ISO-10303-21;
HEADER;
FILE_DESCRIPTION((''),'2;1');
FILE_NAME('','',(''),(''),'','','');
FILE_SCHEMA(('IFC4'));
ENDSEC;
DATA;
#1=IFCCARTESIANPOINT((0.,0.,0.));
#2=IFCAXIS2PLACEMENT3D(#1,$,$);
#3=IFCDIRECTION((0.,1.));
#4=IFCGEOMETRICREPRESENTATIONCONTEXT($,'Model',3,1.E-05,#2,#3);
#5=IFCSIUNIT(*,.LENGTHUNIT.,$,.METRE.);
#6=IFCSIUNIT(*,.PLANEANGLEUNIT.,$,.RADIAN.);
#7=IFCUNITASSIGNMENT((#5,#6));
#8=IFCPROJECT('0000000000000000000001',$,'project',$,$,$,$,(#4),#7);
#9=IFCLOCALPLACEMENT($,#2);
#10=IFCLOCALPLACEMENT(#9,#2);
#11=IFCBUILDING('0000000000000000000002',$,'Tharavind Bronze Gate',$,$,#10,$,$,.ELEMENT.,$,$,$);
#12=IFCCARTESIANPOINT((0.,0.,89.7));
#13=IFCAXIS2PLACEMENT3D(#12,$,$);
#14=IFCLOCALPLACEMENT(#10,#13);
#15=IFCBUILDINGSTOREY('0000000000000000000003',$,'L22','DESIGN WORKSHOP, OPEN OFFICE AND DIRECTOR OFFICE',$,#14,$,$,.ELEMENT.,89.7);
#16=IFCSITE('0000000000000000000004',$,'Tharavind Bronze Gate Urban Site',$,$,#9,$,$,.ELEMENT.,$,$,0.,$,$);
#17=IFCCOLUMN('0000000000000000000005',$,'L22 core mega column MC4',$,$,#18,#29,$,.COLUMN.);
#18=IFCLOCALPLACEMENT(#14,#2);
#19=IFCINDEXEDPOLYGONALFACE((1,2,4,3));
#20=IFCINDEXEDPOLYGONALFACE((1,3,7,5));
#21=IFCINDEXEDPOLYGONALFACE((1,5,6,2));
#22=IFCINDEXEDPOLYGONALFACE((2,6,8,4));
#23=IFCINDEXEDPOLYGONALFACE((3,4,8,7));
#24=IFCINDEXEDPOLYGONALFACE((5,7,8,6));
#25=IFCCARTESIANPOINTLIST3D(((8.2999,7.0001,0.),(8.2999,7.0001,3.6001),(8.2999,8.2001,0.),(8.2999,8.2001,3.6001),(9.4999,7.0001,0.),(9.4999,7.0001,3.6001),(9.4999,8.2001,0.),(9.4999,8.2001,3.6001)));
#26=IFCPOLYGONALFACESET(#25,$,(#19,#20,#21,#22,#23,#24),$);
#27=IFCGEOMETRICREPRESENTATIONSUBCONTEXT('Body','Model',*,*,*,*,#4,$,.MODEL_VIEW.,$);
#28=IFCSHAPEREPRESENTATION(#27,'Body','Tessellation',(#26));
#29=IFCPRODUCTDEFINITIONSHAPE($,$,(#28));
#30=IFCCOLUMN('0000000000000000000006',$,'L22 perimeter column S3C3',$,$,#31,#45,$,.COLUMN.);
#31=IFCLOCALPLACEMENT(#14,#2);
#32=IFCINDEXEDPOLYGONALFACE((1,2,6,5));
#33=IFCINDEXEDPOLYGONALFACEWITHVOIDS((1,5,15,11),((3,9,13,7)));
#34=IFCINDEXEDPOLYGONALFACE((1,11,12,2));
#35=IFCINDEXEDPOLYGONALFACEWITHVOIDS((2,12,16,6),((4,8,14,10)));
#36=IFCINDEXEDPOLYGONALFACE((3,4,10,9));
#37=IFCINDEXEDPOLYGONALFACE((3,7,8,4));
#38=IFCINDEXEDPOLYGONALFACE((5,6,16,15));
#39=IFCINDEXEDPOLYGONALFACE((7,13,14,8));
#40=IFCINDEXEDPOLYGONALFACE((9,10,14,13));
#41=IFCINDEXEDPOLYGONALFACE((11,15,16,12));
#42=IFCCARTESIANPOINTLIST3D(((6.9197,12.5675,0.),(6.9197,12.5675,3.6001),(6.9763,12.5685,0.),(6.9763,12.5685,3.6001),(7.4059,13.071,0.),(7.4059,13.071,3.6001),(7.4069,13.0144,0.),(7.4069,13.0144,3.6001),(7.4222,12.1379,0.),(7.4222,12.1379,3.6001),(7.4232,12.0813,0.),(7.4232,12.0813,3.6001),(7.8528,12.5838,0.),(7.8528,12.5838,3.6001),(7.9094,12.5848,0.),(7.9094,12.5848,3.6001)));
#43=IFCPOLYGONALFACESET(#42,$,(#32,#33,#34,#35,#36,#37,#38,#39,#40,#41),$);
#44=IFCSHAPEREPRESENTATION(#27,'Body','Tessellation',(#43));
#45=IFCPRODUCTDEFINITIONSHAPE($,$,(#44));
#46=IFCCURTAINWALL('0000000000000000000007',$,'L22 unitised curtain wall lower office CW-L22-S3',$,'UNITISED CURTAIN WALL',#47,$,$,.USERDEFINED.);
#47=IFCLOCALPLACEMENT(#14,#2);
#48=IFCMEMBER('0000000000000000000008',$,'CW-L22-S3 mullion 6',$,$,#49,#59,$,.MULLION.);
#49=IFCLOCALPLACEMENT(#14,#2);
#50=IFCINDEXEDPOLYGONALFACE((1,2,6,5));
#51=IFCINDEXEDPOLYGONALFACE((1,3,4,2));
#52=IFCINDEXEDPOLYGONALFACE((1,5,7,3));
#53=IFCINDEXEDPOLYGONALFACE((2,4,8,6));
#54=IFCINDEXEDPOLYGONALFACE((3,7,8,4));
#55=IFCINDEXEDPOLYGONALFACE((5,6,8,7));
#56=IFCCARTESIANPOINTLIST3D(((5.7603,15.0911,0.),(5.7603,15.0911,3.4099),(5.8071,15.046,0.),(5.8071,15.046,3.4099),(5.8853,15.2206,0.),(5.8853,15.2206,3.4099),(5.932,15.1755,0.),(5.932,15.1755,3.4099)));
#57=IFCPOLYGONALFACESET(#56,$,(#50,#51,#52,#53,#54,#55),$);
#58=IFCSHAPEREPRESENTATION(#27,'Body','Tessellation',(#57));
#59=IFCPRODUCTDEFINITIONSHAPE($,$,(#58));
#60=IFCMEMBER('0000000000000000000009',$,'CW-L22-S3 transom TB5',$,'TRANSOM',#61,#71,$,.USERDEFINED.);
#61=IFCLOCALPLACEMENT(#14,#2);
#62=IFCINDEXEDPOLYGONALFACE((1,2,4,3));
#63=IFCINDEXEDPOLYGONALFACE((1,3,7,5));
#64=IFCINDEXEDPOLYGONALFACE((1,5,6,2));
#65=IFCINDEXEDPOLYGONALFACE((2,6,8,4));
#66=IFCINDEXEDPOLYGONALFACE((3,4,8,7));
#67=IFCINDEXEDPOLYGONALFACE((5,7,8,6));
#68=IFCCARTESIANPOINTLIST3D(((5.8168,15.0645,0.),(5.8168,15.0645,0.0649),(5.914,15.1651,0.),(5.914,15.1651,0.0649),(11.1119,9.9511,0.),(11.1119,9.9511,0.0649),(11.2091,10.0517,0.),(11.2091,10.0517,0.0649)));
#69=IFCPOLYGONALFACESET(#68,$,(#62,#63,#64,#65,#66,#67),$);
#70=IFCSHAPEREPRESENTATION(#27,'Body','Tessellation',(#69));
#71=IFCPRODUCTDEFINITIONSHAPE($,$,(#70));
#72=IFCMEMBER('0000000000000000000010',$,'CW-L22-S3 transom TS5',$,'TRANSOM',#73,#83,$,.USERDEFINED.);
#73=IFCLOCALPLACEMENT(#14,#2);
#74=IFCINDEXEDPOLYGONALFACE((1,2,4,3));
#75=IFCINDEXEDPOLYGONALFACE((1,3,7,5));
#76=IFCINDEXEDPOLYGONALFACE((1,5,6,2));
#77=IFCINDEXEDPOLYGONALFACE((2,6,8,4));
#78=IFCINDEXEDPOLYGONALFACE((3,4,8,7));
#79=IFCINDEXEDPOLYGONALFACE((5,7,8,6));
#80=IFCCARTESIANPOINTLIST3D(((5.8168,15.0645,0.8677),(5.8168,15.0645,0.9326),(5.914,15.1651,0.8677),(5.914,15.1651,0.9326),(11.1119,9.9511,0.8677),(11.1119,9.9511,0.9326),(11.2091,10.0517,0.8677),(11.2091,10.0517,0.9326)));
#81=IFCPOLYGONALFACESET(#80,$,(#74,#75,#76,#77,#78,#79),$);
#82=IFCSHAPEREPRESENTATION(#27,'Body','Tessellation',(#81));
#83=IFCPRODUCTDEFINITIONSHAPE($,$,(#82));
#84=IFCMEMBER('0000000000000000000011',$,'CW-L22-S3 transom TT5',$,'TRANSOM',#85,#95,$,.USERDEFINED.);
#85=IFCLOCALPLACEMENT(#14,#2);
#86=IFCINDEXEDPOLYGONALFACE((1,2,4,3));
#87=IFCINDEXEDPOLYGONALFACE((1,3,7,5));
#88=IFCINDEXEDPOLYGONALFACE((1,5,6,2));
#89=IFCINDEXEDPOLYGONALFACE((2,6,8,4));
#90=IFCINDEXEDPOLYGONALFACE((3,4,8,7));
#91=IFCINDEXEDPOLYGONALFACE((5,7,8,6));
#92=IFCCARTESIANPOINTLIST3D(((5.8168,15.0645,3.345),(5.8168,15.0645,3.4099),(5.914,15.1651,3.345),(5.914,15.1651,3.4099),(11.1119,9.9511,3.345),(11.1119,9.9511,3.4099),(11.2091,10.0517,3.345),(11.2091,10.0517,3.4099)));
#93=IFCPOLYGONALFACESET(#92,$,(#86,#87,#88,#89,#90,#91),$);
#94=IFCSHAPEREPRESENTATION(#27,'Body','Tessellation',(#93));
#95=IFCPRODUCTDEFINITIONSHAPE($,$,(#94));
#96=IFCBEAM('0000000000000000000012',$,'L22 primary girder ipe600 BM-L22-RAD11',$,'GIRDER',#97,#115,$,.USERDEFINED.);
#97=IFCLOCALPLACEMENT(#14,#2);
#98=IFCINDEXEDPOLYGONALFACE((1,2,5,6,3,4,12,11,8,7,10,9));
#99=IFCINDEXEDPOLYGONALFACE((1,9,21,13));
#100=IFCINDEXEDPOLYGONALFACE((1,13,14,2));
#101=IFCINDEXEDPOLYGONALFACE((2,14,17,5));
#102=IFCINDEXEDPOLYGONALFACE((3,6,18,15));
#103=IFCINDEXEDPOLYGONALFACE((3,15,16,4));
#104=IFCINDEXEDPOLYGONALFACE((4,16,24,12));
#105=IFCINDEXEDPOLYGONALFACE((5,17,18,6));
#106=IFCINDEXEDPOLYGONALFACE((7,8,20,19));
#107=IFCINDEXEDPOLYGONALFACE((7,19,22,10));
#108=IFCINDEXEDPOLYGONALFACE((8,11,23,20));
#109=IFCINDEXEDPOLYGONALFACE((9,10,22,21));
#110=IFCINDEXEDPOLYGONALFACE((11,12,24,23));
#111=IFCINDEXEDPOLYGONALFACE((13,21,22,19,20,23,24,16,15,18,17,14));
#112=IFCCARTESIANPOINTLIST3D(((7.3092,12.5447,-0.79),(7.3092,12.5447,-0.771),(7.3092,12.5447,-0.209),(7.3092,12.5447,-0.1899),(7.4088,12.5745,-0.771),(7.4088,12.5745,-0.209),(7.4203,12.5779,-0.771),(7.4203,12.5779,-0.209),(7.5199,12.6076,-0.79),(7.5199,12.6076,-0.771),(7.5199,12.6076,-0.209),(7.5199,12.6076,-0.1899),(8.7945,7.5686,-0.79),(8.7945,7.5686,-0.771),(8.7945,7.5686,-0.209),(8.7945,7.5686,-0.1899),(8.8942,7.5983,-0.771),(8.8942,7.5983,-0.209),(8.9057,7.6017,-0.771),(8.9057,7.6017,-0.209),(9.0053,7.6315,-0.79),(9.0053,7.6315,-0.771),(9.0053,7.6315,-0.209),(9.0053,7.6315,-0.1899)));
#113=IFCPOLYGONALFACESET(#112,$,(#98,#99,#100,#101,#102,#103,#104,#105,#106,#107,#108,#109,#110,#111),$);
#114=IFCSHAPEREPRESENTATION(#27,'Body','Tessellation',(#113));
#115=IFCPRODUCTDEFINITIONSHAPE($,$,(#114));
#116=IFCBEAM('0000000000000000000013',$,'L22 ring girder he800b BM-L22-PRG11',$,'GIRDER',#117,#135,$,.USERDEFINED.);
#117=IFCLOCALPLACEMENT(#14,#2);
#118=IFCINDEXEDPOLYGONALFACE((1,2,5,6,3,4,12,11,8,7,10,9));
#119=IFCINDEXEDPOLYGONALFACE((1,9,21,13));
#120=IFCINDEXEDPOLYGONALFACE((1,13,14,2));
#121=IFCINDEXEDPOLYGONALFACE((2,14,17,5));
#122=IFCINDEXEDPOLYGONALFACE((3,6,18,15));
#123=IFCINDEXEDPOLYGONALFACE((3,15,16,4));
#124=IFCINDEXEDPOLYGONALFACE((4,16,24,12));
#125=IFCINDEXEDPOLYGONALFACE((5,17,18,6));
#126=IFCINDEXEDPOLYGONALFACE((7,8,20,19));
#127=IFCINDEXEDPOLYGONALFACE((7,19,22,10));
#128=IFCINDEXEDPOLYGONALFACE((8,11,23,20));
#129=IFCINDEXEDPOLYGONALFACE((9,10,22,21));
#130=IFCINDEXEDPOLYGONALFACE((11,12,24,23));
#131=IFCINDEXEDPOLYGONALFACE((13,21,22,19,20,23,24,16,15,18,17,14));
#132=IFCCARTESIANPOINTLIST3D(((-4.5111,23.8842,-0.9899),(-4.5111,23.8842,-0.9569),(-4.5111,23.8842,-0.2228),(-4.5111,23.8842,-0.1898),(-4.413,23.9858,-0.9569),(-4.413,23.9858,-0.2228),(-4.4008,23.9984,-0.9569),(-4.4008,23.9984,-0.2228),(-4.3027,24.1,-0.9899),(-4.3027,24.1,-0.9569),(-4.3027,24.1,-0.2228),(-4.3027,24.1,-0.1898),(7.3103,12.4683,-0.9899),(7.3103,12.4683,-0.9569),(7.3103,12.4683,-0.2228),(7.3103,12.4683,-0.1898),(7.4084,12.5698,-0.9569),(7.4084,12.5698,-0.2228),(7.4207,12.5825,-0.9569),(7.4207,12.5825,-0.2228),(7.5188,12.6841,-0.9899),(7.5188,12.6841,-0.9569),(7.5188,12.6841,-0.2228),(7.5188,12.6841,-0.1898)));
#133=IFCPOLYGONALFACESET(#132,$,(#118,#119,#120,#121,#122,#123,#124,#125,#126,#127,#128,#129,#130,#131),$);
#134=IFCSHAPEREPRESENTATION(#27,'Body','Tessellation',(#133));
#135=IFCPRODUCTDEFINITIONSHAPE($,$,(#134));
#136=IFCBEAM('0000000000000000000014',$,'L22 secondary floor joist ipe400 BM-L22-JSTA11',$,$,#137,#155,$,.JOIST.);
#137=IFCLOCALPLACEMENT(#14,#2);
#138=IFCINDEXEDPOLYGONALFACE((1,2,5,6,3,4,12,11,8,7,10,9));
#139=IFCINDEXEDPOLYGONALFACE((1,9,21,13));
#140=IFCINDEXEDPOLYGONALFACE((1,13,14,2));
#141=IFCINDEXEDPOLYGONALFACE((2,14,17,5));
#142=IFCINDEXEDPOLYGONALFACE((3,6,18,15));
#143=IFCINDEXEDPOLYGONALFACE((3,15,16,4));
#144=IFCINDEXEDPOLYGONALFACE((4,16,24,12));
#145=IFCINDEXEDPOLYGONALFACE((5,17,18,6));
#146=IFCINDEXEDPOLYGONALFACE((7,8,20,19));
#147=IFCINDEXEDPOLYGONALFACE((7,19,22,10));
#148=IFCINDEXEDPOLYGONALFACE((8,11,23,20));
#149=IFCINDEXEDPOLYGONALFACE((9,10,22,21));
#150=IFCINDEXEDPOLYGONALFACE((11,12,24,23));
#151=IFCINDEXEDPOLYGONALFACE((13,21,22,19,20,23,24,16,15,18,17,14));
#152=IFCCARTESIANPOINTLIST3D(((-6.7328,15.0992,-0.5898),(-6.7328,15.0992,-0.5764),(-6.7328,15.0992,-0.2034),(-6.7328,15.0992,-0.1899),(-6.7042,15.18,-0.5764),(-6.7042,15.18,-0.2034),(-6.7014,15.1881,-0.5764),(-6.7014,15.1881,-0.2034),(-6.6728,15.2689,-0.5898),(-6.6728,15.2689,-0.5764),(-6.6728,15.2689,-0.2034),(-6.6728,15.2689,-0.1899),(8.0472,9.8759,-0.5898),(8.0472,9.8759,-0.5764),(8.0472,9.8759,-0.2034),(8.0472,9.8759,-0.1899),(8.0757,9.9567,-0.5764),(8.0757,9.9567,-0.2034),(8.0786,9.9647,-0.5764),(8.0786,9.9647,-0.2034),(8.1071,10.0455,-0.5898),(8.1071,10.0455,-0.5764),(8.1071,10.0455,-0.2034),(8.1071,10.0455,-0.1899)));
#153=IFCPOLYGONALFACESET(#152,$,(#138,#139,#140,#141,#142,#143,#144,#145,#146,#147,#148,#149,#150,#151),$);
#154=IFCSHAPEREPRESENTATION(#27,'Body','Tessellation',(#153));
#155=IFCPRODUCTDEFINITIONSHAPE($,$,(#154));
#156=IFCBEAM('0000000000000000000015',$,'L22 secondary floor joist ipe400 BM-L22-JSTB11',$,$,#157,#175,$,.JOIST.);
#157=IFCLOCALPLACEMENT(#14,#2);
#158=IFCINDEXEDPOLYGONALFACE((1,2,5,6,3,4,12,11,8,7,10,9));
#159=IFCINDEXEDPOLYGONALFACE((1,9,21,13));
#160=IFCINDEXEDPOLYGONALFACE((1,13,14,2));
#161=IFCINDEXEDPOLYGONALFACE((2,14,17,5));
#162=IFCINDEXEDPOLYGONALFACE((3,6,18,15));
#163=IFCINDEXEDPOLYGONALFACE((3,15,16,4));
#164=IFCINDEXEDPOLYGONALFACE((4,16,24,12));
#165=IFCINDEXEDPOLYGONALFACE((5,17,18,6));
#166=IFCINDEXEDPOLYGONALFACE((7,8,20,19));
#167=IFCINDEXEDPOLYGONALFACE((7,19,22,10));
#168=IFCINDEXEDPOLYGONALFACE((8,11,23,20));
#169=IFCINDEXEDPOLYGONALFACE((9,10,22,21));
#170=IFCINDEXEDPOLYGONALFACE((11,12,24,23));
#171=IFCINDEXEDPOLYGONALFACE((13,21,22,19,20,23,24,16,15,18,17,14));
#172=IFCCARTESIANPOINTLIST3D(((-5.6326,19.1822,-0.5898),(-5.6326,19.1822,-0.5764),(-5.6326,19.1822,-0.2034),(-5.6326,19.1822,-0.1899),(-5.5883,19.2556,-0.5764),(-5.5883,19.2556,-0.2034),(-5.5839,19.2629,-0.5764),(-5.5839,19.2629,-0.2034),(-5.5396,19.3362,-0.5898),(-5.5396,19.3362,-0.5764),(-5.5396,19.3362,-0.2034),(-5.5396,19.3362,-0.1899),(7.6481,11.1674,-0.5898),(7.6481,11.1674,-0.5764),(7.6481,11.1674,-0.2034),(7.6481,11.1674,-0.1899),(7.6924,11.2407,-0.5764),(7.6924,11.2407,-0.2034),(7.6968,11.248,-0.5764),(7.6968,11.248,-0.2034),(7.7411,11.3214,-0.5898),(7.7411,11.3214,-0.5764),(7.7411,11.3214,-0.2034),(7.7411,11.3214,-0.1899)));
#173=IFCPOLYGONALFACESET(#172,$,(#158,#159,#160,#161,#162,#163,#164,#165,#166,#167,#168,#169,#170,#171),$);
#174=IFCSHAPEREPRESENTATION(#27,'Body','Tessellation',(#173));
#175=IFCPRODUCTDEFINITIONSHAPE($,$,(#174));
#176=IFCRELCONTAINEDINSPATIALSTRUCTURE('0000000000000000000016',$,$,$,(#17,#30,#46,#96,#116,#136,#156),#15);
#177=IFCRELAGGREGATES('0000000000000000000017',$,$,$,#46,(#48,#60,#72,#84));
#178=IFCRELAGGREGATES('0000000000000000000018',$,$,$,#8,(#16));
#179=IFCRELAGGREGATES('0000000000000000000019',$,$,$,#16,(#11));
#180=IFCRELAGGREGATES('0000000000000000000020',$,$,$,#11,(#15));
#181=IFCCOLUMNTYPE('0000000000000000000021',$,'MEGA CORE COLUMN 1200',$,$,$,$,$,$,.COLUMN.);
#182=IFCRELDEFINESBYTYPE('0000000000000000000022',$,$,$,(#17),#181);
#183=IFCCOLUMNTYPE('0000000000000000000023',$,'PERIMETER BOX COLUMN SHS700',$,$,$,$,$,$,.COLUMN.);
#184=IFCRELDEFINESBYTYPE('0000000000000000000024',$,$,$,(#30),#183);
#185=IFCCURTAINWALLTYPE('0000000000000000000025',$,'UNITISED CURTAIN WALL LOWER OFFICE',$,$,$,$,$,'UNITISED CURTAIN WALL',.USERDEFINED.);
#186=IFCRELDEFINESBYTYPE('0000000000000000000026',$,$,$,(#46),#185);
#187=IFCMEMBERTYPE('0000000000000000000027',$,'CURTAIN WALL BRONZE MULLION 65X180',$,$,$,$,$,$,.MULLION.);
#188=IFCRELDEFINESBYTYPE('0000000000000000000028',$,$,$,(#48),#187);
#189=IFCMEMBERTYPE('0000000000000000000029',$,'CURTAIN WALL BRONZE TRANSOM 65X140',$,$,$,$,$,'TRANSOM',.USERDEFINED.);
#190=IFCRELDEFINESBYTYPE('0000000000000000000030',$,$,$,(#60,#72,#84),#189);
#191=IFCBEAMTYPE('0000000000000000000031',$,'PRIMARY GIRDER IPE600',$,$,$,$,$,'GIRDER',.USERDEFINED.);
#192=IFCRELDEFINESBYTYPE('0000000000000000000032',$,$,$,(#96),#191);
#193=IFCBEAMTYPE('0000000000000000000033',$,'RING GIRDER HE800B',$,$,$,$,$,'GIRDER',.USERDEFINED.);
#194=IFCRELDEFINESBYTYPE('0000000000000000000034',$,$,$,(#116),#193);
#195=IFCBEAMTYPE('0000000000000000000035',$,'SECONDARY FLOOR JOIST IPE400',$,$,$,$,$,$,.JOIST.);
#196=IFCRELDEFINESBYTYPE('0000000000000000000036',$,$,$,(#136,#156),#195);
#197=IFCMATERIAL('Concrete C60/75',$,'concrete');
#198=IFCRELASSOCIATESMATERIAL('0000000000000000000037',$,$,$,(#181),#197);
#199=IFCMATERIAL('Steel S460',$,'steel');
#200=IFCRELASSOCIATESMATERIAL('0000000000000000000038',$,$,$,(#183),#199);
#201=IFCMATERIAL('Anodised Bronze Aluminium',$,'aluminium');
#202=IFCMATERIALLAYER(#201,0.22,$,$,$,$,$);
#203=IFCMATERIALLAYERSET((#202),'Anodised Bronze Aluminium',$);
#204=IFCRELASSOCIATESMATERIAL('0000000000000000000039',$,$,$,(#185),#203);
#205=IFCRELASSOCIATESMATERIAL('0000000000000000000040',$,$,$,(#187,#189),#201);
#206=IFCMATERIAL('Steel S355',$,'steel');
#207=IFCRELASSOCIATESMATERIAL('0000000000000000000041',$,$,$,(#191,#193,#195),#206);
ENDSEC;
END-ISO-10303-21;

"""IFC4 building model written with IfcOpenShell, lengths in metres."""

from ifc_helpers import new_model, si_unit, direction, frame, origin, origin_2d, place, context, subcontext, project, spatial, rectangle, hollow_rectangle, i_section, extrude, material, layer, layer_set, material_profile, profile_set, type_object, element, aggregate, save


model = new_model("IFC4")

# Units and contexts
model_context = context("Model", 3, precision=1e-05, world=origin(), true_north=direction((0.0, 1.0)))
body_context = subcontext(model_context, "Body", "Model", "MODEL_VIEW")
ifc_project = project(units=[si_unit("LENGTHUNIT", "METRE"), si_unit("PLANEANGLEUNIT", "RADIAN")], contexts=[model_context])

# Site, building, storey
site_placement = place(None, origin())
site = spatial("IfcSite", under=ifc_project, at=site_placement, Name="Tharavind Bronze Gate Urban Site", CompositionType="ELEMENT", RefElevation=0.0)
building_placement = place(site_placement, origin())
building = spatial("IfcBuilding", under=site, at=building_placement, Name="Tharavind Bronze Gate", CompositionType="ELEMENT")
storey_placement = place(building_placement, frame((0.0, 0.0, 89.7)))
storey = spatial("IfcBuildingStorey", under=building, at=storey_placement, Name="L22", Description="DESIGN WORKSHOP, OPEN OFFICE AND DIRECTOR OFFICE", CompositionType="ELEMENT", Elevation=89.7)

# Columns
ifc_material_1 = material(Name="Concrete C60/75", Category="concrete")
ifc_material_profile_1 = material_profile(ifc_material_1, rectangle(XDim=1.2, YDim=1.2, at=origin_2d()), Name="RCCOL1200")
ifc_profile_set_1 = profile_set([ifc_material_profile_1], Name="Concrete C60/75")
column_type_1 = type_object("IfcColumnType", Name="MEGA CORE COLUMN 1200", PredefinedType="COLUMN", material=ifc_profile_set_1)
column_1_placement = place(storey_placement, frame((8.8999, 7.6001, 0.0), z_axis=(0.0, 0.0, 1.0), x_axis=(1.0, 0.0, 0.0)))
element("IfcColumn", 1, at=column_1_placement, inside=storey, type_object=column_type_1, Name="L22 core mega column MC4", PredefinedType="COLUMN", context=body_context, shape_type="SweptSolid", body=[
    extrude(rectangle(XDim=1.2, YDim=1.2, at=origin_2d()), origin(), (0.0, 0.0, 1.0), 3.6001),
])
ifc_material_2 = material(Name="Steel S460", Category="steel")
ifc_material_profile_2 = material_profile(ifc_material_2, hollow_rectangle(XDim=0.7, YDim=0.7, WallThickness=0.04, at=origin_2d()), Name="SHS700X40")
ifc_profile_set_2 = profile_set([ifc_material_profile_2], Name="Steel S460")
column_type_2 = type_object("IfcColumnType", Name="PERIMETER BOX COLUMN SHS700", PredefinedType="COLUMN", material=ifc_profile_set_2)
column_2_placement = place(storey_placement, frame((7.4146, 12.5762, 0.0), z_axis=(0.0, 0.0, 1.0), x_axis=(-0.71934, 0.694658, 0.0)))
element("IfcColumn", 2, at=column_2_placement, inside=storey, type_object=column_type_2, Name="L22 perimeter column S3C3", PredefinedType="COLUMN", context=body_context, shape_type="SweptSolid", body=[
    extrude(hollow_rectangle(XDim=0.7, YDim=0.7, WallThickness=0.04, at=origin_2d()), origin(), (0.0, 0.0, 1.0), 3.6001),
])

# Curtain wall, members
ifc_material_3 = material(Name="Anodised Bronze Aluminium", Category="aluminium")
ifc_layer_1 = layer(ifc_material_3, 0.22)
ifc_layer_set_1 = layer_set([ifc_layer_1], Name="Anodised Bronze Aluminium")
curtain_wall_type = type_object("IfcCurtainWallType", Name="UNITISED CURTAIN WALL LOWER OFFICE", ElementType="UNITISED CURTAIN WALL", PredefinedType="USERDEFINED", material=ifc_layer_set_1)
curtain_wall_placement = place(storey_placement, origin())
curtain_wall = element("IfcCurtainWall", 3, at=curtain_wall_placement, inside=storey, type_object=curtain_wall_type, Name="L22 unitised curtain wall lower office CW-L22-S3", ObjectType="UNITISED CURTAIN WALL", PredefinedType="USERDEFINED")
member_type_1 = type_object("IfcMemberType", Name="CURTAIN WALL BRONZE MULLION 65X180", PredefinedType="MULLION", material=ifc_material_3)
member_1_placement = place(storey_placement, frame((5.8462, 15.1333, 0.0), z_axis=(0.0, 0.0, 1.0), x_axis=(-0.719341, 0.694657, 0.0)))
member_1 = element("IfcMember", 4, at=member_1_placement, type_object=member_type_1, Name="CW-L22-S3 mullion 6", PredefinedType="MULLION", context=body_context, shape_type="SweptSolid", body=[
    extrude(rectangle(XDim=0.0649, YDim=0.1799, at=origin_2d()), origin(), (0.0, 0.0, 1.0), 3.4099),
])
member_type_2 = type_object("IfcMemberType", Name="CURTAIN WALL BRONZE TRANSOM 65X140", ElementType="TRANSOM", PredefinedType="USERDEFINED", material=ifc_material_3)
member_2_placement = place(storey_placement, frame((8.5129, 12.5581, 0.0), z_axis=(0.0, 0.0, 1.0), x_axis=(-0.719341, 0.694657, 0.0)))
member_2 = element("IfcMember", 5, at=member_2_placement, type_object=member_type_2, Name="CW-L22-S3 transom TB5", ObjectType="TRANSOM", PredefinedType="USERDEFINED", context=body_context, shape_type="SweptSolid", body=[
    extrude(rectangle(XDim=7.3611, YDim=0.1399, at=origin_2d()), origin(), (0.0, 0.0, 1.0), 0.0649),
])
member_3_placement = place(storey_placement, frame((8.5129, 12.5581, 0.8677), z_axis=(0.0, 0.0, 1.0), x_axis=(-0.719341, 0.694657, 0.0)))
member_3 = element("IfcMember", 6, at=member_3_placement, type_object=member_type_2, Name="CW-L22-S3 transom TS5", ObjectType="TRANSOM", PredefinedType="USERDEFINED", context=body_context, shape_type="SweptSolid", body=[
    extrude(rectangle(XDim=7.3611, YDim=0.1399, at=origin_2d()), origin(), (0.0, 0.0, 1.0), 0.0649),
])
member_4_placement = place(storey_placement, frame((8.5129, 12.5581, 3.345), z_axis=(0.0, 0.0, 1.0), x_axis=(-0.719341, 0.694657, 0.0)))
member_4 = element("IfcMember", 7, at=member_4_placement, type_object=member_type_2, Name="CW-L22-S3 transom TT5", ObjectType="TRANSOM", PredefinedType="USERDEFINED", context=body_context, shape_type="SweptSolid", body=[
    extrude(rectangle(XDim=7.3611, YDim=0.1399, at=origin_2d()), origin(), (0.0, 0.0, 1.0), 0.0649),
])

# Beams
ifc_material_4 = material(Name="Steel S355", Category="steel")
ifc_material_profile_3 = material_profile(ifc_material_4, i_section(OverallWidth=0.22, OverallDepth=0.6001, WebThickness=0.012, FlangeThickness=0.019, at=origin_2d()), Name="IPE600")
ifc_profile_set_3 = profile_set([ifc_material_profile_3], Name="Steel S355")
beam_type_1 = type_object("IfcBeamType", Name="PRIMARY GIRDER IPE600", ElementType="GIRDER", PredefinedType="USERDEFINED", material=ifc_profile_set_3)
beam_1_placement = place(storey_placement, frame((7.4146, 12.5762, -0.49), z_axis=(0.286028, -0.958221, 0.0), x_axis=(0.958221, 0.286028, 0.0)))
element("IfcBeam", 8, at=beam_1_placement, inside=storey, type_object=beam_type_1, Name="L22 primary girder ipe600 BM-L22-RAD11", ObjectType="GIRDER", PredefinedType="USERDEFINED", context=body_context, shape_type="SweptSolid", body=[
    extrude(i_section(OverallWidth=0.22, OverallDepth=0.6001, WebThickness=0.012, FlangeThickness=0.019, at=origin_2d()), origin(), (0.0, 0.0, 1.0), 5.1931),
])
ifc_material_profile_4 = material_profile(ifc_material_4, i_section(OverallWidth=0.3, OverallDepth=0.8, WebThickness=0.0176, FlangeThickness=0.033, at=origin_2d()), Name="HE800B")
ifc_profile_set_4 = profile_set([ifc_material_profile_4], Name="Steel S355")
beam_type_2 = type_object("IfcBeamType", Name="RING GIRDER HE800B", ElementType="GIRDER", PredefinedType="USERDEFINED", material=ifc_profile_set_4)
beam_2_placement = place(storey_placement, frame((7.4146, 12.5762, -0.5898), z_axis=(-0.719337, 0.694661, 0.0), x_axis=(-0.694661, -0.719337, 0.0)))
element("IfcBeam", 9, at=beam_2_placement, inside=storey, type_object=beam_type_2, Name="L22 ring girder he800b BM-L22-PRG11", ObjectType="GIRDER", PredefinedType="USERDEFINED", context=body_context, shape_type="SweptSolid", body=[
    extrude(i_section(OverallWidth=0.3, OverallDepth=0.8, WebThickness=0.0176, FlangeThickness=0.033, at=origin_2d()), origin(), (0.0, 0.0, 1.0), 16.4338),
])
ifc_material_profile_5 = material_profile(ifc_material_4, i_section(OverallWidth=0.1799, OverallDepth=0.3999, WebThickness=0.0085, FlangeThickness=0.0134, at=origin_2d()), Name="IPE400")
ifc_profile_set_5 = profile_set([ifc_material_profile_5], Name="Steel S355")
beam_type_3 = type_object("IfcBeamType", Name="SECONDARY FLOOR JOIST IPE400", PredefinedType="JOIST", material=ifc_profile_set_5)
beam_3_placement = place(storey_placement, frame((8.0771, 9.9607, -0.3899), z_axis=(-0.942852, 0.333212, 0.0), x_axis=(-0.333212, -0.942852, 0.0)))
element("IfcBeam", 10, at=beam_3_placement, inside=storey, type_object=beam_type_3, Name="L22 secondary floor joist ipe400 BM-L22-JSTA11", PredefinedType="JOIST", context=body_context, shape_type="SweptSolid", body=[
    extrude(i_section(OverallWidth=0.1799, OverallDepth=0.3999, WebThickness=0.0085, FlangeThickness=0.0134, at=origin_2d()), origin(), (0.0, 0.0, 1.0), 15.6758),
])
beam_4_placement = place(storey_placement, frame((7.6946, 11.2444, -0.3899), z_axis=(-0.856169, 0.516695, 0.0), x_axis=(-0.516695, -0.856169, 0.0)))
element("IfcBeam", 11, at=beam_4_placement, inside=storey, type_object=beam_type_3, Name="L22 secondary floor joist ipe400 BM-L22-JSTB11", PredefinedType="JOIST", context=body_context, shape_type="SweptSolid", body=[
    extrude(i_section(OverallWidth=0.1799, OverallDepth=0.3999, WebThickness=0.0085, FlangeThickness=0.0134, at=origin_2d()), origin(), (0.0, 0.0, 1.0), 15.5117),
])

aggregate(curtain_wall, [member_1, member_2, member_3, member_4])

save(model, "model.ifc")
